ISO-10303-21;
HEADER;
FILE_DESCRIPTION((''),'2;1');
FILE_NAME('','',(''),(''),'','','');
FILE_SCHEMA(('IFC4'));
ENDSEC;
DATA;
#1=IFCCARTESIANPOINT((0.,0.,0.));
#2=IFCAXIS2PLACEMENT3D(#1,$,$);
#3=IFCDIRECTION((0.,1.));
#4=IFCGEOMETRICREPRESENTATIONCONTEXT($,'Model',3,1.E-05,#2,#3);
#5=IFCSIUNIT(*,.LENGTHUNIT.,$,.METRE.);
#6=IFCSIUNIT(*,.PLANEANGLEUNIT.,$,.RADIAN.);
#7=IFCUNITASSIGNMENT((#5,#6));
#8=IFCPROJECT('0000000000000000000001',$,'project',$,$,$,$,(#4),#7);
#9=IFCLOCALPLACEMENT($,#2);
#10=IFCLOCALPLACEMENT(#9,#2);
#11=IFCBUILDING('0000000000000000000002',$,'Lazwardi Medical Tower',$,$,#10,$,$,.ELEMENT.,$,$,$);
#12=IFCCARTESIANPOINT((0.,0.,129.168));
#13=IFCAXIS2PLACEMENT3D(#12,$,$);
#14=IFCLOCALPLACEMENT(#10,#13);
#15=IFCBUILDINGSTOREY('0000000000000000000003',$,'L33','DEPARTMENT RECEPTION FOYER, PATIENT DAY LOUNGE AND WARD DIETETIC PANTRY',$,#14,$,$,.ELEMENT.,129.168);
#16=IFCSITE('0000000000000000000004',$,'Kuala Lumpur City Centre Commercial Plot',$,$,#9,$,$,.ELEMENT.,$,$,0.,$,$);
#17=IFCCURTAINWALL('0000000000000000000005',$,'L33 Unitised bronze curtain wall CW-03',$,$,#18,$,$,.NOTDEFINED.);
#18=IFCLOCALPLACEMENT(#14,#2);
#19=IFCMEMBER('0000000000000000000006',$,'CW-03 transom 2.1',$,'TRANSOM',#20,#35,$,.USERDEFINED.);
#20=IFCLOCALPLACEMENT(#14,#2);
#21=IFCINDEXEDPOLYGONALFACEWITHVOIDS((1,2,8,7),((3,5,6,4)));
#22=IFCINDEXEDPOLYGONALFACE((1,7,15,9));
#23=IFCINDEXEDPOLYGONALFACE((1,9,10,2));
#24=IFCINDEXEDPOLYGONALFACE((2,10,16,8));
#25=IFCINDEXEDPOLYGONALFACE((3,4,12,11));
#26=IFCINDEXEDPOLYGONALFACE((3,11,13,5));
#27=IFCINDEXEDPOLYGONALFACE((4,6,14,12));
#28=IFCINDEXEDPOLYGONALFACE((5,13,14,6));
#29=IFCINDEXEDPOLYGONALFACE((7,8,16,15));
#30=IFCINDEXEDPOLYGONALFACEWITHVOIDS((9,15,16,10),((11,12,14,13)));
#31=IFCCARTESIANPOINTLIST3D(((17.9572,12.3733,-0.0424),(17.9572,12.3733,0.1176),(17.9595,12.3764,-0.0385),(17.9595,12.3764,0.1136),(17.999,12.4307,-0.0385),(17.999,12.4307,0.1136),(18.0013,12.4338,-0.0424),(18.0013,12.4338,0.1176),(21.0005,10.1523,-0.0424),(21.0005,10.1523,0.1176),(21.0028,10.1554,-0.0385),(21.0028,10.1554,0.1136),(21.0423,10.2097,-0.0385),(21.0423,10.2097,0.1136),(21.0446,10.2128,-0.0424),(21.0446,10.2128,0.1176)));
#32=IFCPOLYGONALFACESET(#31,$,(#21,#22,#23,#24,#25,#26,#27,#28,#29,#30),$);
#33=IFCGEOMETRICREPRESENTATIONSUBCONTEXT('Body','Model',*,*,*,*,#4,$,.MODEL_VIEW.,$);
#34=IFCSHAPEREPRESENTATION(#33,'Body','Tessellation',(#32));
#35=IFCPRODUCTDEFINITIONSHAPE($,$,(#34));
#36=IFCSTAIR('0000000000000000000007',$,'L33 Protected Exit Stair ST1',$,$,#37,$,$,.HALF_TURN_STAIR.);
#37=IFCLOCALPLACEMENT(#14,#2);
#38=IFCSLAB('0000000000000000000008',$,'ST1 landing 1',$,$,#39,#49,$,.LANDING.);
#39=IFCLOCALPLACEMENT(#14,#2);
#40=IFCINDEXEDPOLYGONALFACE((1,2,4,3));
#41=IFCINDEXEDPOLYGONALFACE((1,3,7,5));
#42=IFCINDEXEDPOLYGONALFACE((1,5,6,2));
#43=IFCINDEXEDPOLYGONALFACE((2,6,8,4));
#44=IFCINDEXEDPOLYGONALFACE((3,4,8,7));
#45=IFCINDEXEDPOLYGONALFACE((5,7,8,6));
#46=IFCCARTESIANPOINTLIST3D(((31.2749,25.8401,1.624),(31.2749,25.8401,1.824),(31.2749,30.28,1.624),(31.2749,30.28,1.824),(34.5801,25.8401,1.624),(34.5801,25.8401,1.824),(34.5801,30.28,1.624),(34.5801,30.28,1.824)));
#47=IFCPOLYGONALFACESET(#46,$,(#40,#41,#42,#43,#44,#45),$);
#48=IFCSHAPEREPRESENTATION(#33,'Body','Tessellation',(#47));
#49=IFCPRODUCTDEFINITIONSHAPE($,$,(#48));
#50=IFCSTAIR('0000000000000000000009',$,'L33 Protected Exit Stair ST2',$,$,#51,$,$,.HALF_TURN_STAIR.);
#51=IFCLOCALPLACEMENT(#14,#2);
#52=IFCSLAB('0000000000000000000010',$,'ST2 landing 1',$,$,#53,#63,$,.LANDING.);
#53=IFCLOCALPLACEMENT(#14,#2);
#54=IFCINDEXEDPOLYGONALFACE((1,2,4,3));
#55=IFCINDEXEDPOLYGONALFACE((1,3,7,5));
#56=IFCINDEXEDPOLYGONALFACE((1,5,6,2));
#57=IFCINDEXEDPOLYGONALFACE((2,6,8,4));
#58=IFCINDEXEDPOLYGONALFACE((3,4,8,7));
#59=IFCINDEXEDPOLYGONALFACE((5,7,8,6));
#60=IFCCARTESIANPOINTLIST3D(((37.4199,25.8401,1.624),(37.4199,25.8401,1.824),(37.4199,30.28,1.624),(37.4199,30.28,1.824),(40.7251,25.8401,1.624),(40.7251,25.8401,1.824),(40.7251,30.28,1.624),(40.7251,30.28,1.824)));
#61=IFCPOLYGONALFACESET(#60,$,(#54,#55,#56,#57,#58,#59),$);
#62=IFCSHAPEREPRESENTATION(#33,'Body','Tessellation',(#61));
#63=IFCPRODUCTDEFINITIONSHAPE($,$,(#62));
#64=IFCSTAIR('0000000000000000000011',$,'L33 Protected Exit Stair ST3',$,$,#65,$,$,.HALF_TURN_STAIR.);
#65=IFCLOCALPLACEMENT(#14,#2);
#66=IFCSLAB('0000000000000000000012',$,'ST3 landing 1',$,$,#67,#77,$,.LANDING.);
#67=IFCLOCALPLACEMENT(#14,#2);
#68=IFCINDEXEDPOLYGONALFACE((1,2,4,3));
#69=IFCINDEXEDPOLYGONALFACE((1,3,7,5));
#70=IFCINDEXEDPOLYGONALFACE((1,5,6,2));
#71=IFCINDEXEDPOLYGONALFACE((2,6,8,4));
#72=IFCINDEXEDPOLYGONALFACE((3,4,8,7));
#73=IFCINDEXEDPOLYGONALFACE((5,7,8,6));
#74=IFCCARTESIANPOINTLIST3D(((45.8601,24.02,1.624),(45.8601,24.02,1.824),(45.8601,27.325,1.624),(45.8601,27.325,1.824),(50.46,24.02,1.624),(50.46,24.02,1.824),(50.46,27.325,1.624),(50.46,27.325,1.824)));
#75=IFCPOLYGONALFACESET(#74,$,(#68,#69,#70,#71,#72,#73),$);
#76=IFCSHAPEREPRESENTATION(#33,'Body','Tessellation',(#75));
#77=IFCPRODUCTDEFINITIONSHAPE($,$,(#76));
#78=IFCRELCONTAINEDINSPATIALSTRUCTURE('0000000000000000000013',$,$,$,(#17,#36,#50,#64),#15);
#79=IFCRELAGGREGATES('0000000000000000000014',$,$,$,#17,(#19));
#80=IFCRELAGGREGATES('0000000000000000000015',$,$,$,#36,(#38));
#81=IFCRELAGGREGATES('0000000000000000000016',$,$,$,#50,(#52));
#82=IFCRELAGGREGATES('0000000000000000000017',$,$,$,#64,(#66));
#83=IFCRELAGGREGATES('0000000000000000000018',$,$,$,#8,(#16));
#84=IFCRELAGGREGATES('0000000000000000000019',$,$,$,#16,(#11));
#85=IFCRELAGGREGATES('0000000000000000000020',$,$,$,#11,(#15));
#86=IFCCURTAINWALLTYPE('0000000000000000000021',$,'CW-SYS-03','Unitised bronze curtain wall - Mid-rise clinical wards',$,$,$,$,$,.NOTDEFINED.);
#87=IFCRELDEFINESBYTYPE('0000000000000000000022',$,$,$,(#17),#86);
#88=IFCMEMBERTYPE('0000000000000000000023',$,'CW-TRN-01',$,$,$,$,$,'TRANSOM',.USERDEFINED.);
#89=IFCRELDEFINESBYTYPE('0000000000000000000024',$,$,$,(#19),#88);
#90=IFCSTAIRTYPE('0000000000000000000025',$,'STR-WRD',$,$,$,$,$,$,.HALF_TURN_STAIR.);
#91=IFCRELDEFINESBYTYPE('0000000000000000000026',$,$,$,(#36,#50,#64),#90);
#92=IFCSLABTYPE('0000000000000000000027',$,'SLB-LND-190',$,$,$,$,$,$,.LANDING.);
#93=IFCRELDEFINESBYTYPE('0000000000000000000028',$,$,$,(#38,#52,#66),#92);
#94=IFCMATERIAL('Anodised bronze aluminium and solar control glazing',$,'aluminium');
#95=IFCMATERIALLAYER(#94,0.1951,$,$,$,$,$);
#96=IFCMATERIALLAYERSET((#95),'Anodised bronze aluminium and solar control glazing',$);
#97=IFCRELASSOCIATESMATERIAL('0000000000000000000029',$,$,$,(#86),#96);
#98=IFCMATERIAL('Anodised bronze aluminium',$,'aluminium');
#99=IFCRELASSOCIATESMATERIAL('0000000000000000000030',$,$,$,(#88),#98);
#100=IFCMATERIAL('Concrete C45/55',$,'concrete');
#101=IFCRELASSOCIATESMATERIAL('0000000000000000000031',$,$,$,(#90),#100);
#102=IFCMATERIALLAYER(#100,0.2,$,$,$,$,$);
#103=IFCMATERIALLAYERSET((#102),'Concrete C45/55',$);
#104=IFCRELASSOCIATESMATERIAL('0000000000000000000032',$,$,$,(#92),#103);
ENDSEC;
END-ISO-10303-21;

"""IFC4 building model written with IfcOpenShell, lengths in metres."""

from ifc_helpers import new_model, si_unit, direction, frame, origin, origin_2d, place, context, subcontext, project, spatial, polyline, hollow_rectangle, outline, extrude, material, layer, layer_set, material_profile, profile_set, type_object, element, aggregate, save


model = new_model("IFC4")

# Units and contexts
model_context = context("Model", 3, precision=1e-05, world=origin(), true_north=direction((0.0, 1.0)))
body_context = subcontext(model_context, "Body", "Model", "MODEL_VIEW")
ifc_project = project(units=[si_unit("LENGTHUNIT", "METRE"), si_unit("PLANEANGLEUNIT", "RADIAN")], contexts=[model_context])

# Site, building, storey
site_placement = place(None, origin())
site = spatial("IfcSite", under=ifc_project, at=site_placement, Name="Kuala Lumpur City Centre Commercial Plot", CompositionType="ELEMENT", RefElevation=0.0)
building_placement = place(site_placement, origin())
building = spatial("IfcBuilding", under=site, at=building_placement, Name="Lazwardi Medical Tower", CompositionType="ELEMENT")
storey_placement = place(building_placement, frame((0.0, 0.0, 129.168)))
storey = spatial("IfcBuildingStorey", under=building, at=storey_placement, Name="L33", Description="DEPARTMENT RECEPTION FOYER, PATIENT DAY LOUNGE AND WARD DIETETIC PANTRY", CompositionType="ELEMENT", Elevation=129.168)

# Curtain wall, member
ifc_material_1 = material(Name="Anodised bronze aluminium and solar control glazing", Category="aluminium")
ifc_layer_1 = layer(ifc_material_1, 0.1951)
ifc_layer_set_1 = layer_set([ifc_layer_1], Name="Anodised bronze aluminium and solar control glazing")
curtain_wall_type = type_object("IfcCurtainWallType", Name="CW-SYS-03", Description="Unitised bronze curtain wall - Mid-rise clinical wards", PredefinedType="NOTDEFINED", material=ifc_layer_set_1)
curtain_wall_placement = place(storey_placement, origin())
curtain_wall = element("IfcCurtainWall", 1, at=curtain_wall_placement, inside=storey, type_object=curtain_wall_type, Name="L33 Unitised bronze curtain wall CW-03", PredefinedType="NOTDEFINED")
ifc_material_2 = material(Name="Anodised bronze aluminium", Category="aluminium")
ifc_material_profile = material_profile(ifc_material_2, hollow_rectangle(XDim=0.075, YDim=0.1599, WallThickness=0.0039, at=origin_2d()), Name="ALU-TRANSOM 160x75x4")
ifc_profile_set = profile_set([ifc_material_profile], Name="Anodised bronze aluminium")
member_type = type_object("IfcMemberType", Name="CW-TRN-01", ElementType="TRANSOM", PredefinedType="USERDEFINED", material=ifc_profile_set)
member_placement = place(storey_placement, frame((17.9792, 12.4036, 0.0376), z_axis=(0.807763, -0.589508, 0.0), x_axis=(0.589508, 0.807763, 0.0)))
member = element("IfcMember", 2, at=member_placement, type_object=member_type, Name="CW-03 transom 2.1", ObjectType="TRANSOM", PredefinedType="USERDEFINED", context=body_context, shape_type="SweptSolid", body=[
    extrude(hollow_rectangle(XDim=0.075, YDim=0.1599, WallThickness=0.0039, at=origin_2d()), origin(), (0.0, 0.0, 1.0), 3.7676),
])
aggregate(curtain_wall, [member])

# Stairs, slabs
ifc_material_3 = material(Name="Concrete C45/55", Category="concrete")
stair_type = type_object("IfcStairType", Name="STR-WRD", PredefinedType="HALF_TURN_STAIR", material=ifc_material_3)
stair_1_placement = place(storey_placement, origin())
stair_1 = element("IfcStair", 3, at=stair_1_placement, inside=storey, type_object=stair_type, Name="L33 Protected Exit Stair ST1", PredefinedType="HALF_TURN_STAIR")
ifc_layer_2 = layer(ifc_material_3, 0.2)
ifc_layer_set_2 = layer_set([ifc_layer_2], Name="Concrete C45/55")
slab_type_1 = type_object("IfcSlabType", Name="SLB-LND-190", PredefinedType="LANDING", material=ifc_layer_set_2)
slab_1_placement = place(storey_placement, frame((0.0, 0.0, 1.624)))
slab_1 = element("IfcSlab", 4, at=slab_1_placement, type_object=slab_type_1, Name="ST1 landing 1", PredefinedType="LANDING", context=body_context, shape_type="SweptSolid", body=[
    extrude(outline(polyline([(31.2749, 25.8401), (34.5801, 25.8401), (34.5801, 30.28), (31.2749, 30.28), (31.2749, 25.8401)])), origin(), (0.0, 0.0, 1.0), 0.2),
])
aggregate(stair_1, [slab_1])
stair_2_placement = place(storey_placement, origin())
stair_2 = element("IfcStair", 5, at=stair_2_placement, inside=storey, type_object=stair_type, Name="L33 Protected Exit Stair ST2", PredefinedType="HALF_TURN_STAIR")
slab_2_placement = place(storey_placement, frame((0.0, 0.0, 1.624)))
slab_2 = element("IfcSlab", 6, at=slab_2_placement, type_object=slab_type_1, Name="ST2 landing 1", PredefinedType="LANDING", context=body_context, shape_type="SweptSolid", body=[
    extrude(outline(polyline([(40.7251, 30.28), (37.4199, 30.28), (37.4199, 25.8401), (40.7251, 25.8401), (40.7251, 30.28)])), origin(), (0.0, 0.0, 1.0), 0.2),
])
aggregate(stair_2, [slab_2])
stair_3_placement = place(storey_placement, origin())
stair_3 = element("IfcStair", 7, at=stair_3_placement, inside=storey, type_object=stair_type, Name="L33 Protected Exit Stair ST3", PredefinedType="HALF_TURN_STAIR")
slab_3_placement = place(storey_placement, frame((0.0, 0.0, 1.624)))
slab_3 = element("IfcSlab", 8, at=slab_3_placement, type_object=slab_type_1, Name="ST3 landing 1", PredefinedType="LANDING", context=body_context, shape_type="SweptSolid", body=[
    extrude(outline(polyline([(45.8601, 27.325), (45.8601, 24.02), (50.46, 24.02), (50.46, 27.325), (45.8601, 27.325)])), origin(), (0.0, 0.0, 1.0), 0.2),
])
aggregate(stair_3, [slab_3])

save(model, "model.ifc")
